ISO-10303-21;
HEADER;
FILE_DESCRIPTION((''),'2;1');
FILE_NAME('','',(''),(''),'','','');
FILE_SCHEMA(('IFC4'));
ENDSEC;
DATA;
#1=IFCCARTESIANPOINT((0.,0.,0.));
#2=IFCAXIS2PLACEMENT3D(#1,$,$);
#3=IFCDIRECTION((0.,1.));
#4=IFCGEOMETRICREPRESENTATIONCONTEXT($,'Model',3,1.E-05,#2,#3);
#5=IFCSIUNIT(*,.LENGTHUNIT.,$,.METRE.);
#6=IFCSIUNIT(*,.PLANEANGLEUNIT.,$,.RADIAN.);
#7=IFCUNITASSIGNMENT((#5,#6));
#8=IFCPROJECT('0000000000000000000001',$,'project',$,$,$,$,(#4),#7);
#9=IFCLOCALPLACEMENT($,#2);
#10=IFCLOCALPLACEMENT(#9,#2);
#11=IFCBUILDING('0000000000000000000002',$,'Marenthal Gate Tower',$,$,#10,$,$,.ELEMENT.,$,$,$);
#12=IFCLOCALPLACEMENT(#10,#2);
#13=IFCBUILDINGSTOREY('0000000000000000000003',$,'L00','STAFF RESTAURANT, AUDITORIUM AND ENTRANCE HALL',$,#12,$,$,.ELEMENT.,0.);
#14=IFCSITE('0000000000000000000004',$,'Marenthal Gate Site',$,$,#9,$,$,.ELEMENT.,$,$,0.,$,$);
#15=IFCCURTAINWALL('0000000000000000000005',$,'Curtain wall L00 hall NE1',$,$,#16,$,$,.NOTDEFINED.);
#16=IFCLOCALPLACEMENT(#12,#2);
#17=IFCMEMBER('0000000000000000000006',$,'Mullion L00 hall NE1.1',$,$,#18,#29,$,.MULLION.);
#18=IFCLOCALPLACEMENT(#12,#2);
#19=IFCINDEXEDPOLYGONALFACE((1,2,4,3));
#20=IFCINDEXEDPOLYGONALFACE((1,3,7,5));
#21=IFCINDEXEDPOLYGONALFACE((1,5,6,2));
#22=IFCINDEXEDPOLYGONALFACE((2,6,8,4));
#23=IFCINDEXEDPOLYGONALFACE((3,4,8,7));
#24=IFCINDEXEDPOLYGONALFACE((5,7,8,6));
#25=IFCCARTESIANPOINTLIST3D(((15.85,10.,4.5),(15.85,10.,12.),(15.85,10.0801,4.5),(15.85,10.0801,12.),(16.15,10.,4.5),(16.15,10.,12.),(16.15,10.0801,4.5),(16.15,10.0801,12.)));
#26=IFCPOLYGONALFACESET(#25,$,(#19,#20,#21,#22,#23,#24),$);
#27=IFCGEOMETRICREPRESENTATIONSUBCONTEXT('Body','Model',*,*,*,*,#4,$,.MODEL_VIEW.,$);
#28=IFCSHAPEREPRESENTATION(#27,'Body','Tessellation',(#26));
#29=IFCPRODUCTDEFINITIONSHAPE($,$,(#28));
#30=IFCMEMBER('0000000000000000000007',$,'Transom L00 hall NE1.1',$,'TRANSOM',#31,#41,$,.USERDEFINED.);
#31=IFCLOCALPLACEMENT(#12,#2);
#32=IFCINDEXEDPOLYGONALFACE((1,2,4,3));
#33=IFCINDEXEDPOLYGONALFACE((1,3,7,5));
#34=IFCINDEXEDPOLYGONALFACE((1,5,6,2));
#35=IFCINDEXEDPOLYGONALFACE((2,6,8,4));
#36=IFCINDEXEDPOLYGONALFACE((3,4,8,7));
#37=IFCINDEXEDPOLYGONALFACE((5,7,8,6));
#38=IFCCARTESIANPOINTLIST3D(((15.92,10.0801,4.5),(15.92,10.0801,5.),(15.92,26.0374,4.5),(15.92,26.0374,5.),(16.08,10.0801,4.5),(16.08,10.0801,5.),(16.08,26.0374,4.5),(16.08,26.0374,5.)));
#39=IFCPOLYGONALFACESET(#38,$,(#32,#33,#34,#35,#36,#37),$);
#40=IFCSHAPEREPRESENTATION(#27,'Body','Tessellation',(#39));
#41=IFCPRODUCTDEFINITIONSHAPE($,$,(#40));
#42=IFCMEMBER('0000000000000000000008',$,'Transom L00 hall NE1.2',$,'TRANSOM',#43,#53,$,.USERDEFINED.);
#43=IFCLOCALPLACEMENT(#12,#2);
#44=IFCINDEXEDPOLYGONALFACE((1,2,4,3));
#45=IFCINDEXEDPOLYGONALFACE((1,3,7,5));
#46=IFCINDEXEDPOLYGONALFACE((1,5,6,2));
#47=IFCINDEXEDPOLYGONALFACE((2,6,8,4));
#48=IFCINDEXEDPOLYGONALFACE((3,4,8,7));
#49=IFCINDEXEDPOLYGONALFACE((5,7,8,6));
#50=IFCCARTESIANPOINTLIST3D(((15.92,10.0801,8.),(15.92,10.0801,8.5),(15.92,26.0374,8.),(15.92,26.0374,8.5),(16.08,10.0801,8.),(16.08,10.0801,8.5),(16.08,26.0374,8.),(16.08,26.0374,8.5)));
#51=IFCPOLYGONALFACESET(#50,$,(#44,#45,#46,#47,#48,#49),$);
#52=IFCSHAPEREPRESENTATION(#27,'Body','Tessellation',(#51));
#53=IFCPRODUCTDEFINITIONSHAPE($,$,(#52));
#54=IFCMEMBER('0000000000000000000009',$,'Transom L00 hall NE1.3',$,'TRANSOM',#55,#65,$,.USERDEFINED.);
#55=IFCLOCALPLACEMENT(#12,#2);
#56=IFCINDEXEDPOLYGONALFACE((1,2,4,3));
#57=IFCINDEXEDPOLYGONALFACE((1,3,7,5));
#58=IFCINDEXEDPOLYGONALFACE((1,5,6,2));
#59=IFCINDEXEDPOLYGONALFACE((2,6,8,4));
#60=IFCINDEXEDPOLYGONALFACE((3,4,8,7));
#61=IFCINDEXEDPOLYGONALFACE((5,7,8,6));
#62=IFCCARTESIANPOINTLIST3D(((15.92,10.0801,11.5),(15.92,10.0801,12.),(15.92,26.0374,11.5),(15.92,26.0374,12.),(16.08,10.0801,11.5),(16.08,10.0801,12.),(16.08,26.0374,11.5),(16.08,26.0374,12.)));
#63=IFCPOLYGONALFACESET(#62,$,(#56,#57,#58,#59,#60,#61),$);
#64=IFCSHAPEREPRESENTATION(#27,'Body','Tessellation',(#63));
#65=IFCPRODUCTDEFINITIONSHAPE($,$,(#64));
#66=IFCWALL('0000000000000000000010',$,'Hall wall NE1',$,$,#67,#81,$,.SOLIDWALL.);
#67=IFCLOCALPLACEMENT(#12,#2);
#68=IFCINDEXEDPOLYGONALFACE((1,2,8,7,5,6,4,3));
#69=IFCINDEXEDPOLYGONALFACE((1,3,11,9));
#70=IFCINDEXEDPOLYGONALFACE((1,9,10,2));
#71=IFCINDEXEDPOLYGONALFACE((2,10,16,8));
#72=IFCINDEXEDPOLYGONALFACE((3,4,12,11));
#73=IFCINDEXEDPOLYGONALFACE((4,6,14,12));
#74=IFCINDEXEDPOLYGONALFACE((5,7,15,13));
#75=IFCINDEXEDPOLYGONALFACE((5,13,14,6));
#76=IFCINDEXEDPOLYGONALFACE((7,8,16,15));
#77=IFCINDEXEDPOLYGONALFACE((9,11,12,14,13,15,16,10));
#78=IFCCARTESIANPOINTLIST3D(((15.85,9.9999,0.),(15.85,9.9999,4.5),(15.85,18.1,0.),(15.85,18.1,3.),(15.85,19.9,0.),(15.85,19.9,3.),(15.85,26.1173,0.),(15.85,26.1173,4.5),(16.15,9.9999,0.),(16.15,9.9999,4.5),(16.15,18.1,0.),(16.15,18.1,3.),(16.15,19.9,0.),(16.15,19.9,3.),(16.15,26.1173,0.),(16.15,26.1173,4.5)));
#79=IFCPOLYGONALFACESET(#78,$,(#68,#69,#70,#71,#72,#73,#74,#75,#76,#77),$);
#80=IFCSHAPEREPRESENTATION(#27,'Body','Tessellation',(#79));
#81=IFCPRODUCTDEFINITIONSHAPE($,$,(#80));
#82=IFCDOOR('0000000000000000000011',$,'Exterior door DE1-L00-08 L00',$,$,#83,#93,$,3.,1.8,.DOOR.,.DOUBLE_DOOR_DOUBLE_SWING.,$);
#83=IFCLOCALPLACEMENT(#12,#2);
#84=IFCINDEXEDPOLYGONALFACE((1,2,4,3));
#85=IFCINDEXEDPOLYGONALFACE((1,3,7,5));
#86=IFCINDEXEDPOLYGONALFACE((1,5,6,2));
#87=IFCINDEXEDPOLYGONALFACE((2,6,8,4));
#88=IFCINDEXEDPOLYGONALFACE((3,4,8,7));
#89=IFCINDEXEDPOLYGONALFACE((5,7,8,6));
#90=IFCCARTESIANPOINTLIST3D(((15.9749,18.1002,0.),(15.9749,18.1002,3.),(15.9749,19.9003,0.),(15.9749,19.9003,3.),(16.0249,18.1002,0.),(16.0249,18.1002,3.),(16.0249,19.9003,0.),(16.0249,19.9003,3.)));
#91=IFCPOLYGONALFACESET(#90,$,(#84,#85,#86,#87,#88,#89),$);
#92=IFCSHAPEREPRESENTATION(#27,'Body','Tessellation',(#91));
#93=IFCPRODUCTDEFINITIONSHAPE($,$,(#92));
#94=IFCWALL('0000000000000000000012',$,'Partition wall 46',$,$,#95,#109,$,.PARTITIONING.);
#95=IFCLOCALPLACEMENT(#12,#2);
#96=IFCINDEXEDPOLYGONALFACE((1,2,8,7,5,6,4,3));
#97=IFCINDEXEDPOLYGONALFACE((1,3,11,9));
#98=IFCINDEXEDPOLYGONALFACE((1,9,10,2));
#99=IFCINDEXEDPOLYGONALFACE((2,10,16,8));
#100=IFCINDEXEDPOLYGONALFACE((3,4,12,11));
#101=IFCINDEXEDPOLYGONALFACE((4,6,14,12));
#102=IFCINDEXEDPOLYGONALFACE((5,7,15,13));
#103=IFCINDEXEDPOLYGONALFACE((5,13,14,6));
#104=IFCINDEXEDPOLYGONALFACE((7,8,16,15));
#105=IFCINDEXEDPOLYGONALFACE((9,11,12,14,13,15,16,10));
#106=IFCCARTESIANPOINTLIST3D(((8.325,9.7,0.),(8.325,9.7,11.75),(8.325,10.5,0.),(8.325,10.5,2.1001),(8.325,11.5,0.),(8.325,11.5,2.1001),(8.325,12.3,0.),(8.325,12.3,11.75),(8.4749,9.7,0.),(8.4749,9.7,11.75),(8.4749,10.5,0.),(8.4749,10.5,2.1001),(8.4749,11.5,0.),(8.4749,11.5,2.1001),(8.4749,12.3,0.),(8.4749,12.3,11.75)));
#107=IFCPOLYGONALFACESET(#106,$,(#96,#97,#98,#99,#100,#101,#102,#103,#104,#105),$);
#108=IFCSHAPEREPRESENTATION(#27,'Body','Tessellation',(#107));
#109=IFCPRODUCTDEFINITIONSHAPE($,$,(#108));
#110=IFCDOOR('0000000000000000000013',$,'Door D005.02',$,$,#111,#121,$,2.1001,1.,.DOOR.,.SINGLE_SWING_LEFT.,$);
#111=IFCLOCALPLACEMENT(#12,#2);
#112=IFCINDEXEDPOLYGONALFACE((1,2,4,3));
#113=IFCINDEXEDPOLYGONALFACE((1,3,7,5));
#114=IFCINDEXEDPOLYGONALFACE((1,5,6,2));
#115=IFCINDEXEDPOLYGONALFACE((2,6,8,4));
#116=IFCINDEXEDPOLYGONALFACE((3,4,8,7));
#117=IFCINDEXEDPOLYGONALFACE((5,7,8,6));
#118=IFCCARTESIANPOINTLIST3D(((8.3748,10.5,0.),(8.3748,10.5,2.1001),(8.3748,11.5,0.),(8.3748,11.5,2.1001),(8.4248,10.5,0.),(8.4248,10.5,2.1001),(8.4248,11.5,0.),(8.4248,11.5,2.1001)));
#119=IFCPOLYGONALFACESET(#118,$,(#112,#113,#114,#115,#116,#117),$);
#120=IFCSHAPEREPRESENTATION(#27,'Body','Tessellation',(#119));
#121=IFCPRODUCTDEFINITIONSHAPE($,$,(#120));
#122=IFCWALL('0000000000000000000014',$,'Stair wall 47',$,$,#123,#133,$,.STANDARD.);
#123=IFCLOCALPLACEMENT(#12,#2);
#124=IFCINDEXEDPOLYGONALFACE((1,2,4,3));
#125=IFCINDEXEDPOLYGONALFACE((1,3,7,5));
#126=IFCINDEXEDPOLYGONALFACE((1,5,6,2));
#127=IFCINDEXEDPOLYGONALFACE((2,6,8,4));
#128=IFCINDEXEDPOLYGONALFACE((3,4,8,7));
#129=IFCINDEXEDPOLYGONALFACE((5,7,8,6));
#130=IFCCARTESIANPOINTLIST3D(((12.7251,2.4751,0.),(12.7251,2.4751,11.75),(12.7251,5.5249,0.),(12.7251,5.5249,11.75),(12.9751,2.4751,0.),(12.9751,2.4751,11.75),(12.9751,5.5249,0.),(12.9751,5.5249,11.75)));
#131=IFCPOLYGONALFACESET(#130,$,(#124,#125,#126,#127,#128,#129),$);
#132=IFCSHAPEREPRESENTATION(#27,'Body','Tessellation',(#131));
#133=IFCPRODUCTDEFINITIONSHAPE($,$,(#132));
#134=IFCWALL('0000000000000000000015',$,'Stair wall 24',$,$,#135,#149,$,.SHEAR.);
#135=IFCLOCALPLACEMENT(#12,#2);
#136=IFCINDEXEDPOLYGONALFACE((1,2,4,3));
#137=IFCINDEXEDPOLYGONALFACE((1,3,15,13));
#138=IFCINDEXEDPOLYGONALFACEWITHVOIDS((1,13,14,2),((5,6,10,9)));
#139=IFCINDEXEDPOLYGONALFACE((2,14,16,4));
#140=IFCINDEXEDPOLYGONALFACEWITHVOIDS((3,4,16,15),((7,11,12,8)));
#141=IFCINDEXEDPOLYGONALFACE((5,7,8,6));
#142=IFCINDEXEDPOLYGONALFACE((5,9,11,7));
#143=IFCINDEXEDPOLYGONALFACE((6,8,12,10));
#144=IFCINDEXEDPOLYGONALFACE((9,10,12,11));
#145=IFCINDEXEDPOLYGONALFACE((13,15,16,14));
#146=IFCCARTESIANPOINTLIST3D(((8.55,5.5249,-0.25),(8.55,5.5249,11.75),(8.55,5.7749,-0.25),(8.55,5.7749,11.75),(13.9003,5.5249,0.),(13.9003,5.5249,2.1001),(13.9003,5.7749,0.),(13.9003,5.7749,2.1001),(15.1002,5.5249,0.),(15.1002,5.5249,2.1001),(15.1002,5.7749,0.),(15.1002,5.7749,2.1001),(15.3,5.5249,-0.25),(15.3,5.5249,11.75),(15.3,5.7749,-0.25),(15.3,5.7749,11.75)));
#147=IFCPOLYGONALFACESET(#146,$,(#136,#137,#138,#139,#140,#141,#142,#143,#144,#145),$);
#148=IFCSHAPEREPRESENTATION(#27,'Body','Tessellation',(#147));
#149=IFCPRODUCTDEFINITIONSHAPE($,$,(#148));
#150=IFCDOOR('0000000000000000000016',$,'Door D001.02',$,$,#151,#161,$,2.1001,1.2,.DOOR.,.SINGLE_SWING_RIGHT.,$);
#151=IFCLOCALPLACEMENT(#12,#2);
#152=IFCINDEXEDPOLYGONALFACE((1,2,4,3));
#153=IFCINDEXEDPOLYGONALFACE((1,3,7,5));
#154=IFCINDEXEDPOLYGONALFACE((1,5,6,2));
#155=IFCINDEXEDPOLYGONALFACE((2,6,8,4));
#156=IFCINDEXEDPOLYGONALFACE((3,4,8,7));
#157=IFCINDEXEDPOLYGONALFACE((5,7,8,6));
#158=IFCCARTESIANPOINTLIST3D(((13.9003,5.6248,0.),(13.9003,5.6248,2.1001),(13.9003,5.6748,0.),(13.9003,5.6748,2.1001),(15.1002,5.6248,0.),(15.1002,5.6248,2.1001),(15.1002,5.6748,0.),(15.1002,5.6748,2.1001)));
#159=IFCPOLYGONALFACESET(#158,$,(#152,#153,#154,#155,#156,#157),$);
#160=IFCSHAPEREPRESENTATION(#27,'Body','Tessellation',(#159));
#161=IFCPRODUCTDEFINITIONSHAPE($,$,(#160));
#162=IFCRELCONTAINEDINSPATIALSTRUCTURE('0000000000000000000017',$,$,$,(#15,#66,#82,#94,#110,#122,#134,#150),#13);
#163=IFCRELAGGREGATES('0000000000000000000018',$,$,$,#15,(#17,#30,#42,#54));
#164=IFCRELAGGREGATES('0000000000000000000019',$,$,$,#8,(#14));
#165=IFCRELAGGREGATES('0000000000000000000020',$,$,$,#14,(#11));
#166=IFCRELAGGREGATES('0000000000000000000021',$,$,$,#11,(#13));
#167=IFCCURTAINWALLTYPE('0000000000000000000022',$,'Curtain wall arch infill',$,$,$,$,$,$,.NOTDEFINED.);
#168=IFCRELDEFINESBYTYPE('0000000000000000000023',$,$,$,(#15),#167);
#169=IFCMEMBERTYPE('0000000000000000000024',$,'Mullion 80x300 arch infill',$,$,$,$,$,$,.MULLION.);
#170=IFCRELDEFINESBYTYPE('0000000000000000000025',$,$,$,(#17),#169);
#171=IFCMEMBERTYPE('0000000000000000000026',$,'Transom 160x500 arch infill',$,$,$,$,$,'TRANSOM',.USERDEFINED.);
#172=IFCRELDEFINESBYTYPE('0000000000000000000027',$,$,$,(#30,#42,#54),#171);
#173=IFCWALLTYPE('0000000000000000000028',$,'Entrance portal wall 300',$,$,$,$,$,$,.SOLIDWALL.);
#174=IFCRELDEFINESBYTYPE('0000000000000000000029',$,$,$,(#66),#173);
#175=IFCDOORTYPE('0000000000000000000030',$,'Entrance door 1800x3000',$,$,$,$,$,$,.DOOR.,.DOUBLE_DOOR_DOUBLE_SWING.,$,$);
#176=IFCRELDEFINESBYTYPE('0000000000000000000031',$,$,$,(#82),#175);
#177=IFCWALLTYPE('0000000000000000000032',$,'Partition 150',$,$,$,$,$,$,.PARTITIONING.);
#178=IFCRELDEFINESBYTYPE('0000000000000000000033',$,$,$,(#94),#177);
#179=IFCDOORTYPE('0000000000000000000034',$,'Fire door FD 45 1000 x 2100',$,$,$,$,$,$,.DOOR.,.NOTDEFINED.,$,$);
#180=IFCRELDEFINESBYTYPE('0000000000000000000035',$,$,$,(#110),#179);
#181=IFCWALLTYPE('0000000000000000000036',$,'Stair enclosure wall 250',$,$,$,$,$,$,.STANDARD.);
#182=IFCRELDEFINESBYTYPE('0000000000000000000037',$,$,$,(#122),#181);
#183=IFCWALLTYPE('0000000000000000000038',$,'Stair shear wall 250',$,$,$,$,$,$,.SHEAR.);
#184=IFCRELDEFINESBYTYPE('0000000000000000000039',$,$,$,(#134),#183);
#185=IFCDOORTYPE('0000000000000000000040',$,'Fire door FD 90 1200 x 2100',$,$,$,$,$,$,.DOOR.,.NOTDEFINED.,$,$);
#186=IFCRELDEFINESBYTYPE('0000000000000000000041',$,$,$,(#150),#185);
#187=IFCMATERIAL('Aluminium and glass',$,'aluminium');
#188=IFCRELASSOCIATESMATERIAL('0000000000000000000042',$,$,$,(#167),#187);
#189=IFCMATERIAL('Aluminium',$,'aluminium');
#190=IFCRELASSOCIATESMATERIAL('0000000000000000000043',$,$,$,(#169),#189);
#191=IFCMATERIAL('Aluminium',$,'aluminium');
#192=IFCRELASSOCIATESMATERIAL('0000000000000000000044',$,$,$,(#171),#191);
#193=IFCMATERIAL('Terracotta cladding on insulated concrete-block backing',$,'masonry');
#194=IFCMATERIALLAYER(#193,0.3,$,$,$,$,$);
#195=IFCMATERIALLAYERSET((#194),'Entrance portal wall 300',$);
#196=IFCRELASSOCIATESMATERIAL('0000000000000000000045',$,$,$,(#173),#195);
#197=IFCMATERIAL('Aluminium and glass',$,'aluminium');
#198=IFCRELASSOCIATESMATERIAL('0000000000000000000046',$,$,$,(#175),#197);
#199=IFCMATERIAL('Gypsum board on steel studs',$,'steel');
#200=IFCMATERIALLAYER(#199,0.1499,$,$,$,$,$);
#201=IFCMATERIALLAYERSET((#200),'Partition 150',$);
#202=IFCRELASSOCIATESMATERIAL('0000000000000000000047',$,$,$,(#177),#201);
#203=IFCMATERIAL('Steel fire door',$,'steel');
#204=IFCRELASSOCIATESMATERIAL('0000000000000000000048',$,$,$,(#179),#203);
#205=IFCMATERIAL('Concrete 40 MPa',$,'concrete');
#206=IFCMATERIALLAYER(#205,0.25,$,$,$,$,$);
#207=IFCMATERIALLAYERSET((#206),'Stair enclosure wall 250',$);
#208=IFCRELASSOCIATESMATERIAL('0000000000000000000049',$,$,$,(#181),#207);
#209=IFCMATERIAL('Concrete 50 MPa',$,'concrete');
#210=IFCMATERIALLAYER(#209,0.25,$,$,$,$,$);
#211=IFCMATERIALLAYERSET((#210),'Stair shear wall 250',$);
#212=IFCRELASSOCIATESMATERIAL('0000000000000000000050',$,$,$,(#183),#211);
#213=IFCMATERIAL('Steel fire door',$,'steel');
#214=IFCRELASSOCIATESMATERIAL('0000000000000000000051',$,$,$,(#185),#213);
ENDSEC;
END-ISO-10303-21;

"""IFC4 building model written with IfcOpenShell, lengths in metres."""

from ifc_helpers import new_model, si_unit, direction, frame, frame_2d, origin, origin_2d, place, context, subcontext, project, spatial, rectangle, extrude, material, layer, layer_set, material_profile, profile_set, type_object, element, fill, aggregate, save


model = new_model("IFC4")

# Units and contexts
model_context = context("Model", 3, precision=1e-05, world=origin(), true_north=direction((0.0, 1.0)))
body_context = subcontext(model_context, "Body", "Model", "MODEL_VIEW")
ifc_project = project(units=[si_unit("LENGTHUNIT", "METRE"), si_unit("PLANEANGLEUNIT", "RADIAN")], contexts=[model_context])

# Site, building, storey
site_placement = place(None, origin())
site = spatial("IfcSite", under=ifc_project, at=site_placement, Name="Marenthal Gate Site", CompositionType="ELEMENT", RefElevation=0.0)
building_placement = place(site_placement, origin())
building = spatial("IfcBuilding", under=site, at=building_placement, Name="Marenthal Gate Tower", CompositionType="ELEMENT")
storey_placement = place(building_placement, origin())
storey = spatial("IfcBuildingStorey", under=building, at=storey_placement, Name="L00", Description="STAFF RESTAURANT, AUDITORIUM AND ENTRANCE HALL", CompositionType="ELEMENT", Elevation=0.0)

# Curtain wall, members
ifc_material_1 = material(Name="Aluminium and glass", Category="aluminium")
curtain_wall_type = type_object("IfcCurtainWallType", Name="Curtain wall arch infill", PredefinedType="NOTDEFINED", material=ifc_material_1)
curtain_wall_placement = place(storey_placement, origin())
curtain_wall = element("IfcCurtainWall", 1, at=curtain_wall_placement, inside=storey, type_object=curtain_wall_type, Name="Curtain wall L00 hall NE1", PredefinedType="NOTDEFINED")
ifc_material_2 = material(Name="Aluminium", Category="aluminium")
ifc_material_profile_1 = material_profile(ifc_material_2, rectangle(XDim=0.3, YDim=0.0801, at=origin_2d()), Name="80x300 aluminium mullion")
ifc_profile_set_1 = profile_set([ifc_material_profile_1], Name="Aluminium")
member_type_1 = type_object("IfcMemberType", Name="Mullion 80x300 arch infill", PredefinedType="MULLION", material=ifc_profile_set_1)
member_1_placement = place(storey_placement, frame((16.0, 10.04, 4.5), z_axis=(0.0, 0.0, 1.0), x_axis=(-1.0, 0.0, 0.0)))
member_1 = element("IfcMember", 2, at=member_1_placement, type_object=member_type_1, Name="Mullion L00 hall NE1.1", PredefinedType="MULLION", context=body_context, shape_type="SweptSolid", body=[
    extrude(rectangle(XDim=0.3, YDim=0.0801, at=origin_2d()), origin(), (0.0, 0.0, 1.0), 7.5),
])
ifc_material_3 = material(Name="Aluminium", Category="aluminium")
ifc_material_profile_2 = material_profile(ifc_material_3, rectangle(XDim=0.1599, YDim=0.5, at=origin_2d()), Name="160x500 aluminium transom")
ifc_profile_set_2 = profile_set([ifc_material_profile_2], Name="Aluminium")
member_type_2 = type_object("IfcMemberType", Name="Transom 160x500 arch infill", ElementType="TRANSOM", PredefinedType="USERDEFINED", material=ifc_profile_set_2)
member_2_placement = place(storey_placement, frame((16.0, 10.0801, 4.75), z_axis=(0.0, 1.0, 0.0), x_axis=(-1.0, 0.0, 0.0)))
member_2 = element("IfcMember", 3, at=member_2_placement, type_object=member_type_2, Name="Transom L00 hall NE1.1", ObjectType="TRANSOM", PredefinedType="USERDEFINED", context=body_context, shape_type="SweptSolid", body=[
    extrude(rectangle(XDim=0.1599, YDim=0.5, at=origin_2d()), origin(), (0.0, 0.0, 1.0), 15.9573),
])
member_3_placement = place(storey_placement, frame((16.0, 10.0801, 8.25), z_axis=(0.0, 1.0, 0.0), x_axis=(-1.0, 0.0, 0.0)))
member_3 = element("IfcMember", 4, at=member_3_placement, type_object=member_type_2, Name="Transom L00 hall NE1.2", ObjectType="TRANSOM", PredefinedType="USERDEFINED", context=body_context, shape_type="SweptSolid", body=[
    extrude(rectangle(XDim=0.1599, YDim=0.5, at=origin_2d()), origin(), (0.0, 0.0, 1.0), 15.9573),
])
member_4_placement = place(storey_placement, frame((16.0, 10.0801, 11.75), z_axis=(0.0, 1.0, 0.0), x_axis=(-1.0, 0.0, 0.0)))
member_4 = element("IfcMember", 5, at=member_4_placement, type_object=member_type_2, Name="Transom L00 hall NE1.3", ObjectType="TRANSOM", PredefinedType="USERDEFINED", context=body_context, shape_type="SweptSolid", body=[
    extrude(rectangle(XDim=0.1599, YDim=0.5, at=origin_2d()), origin(), (0.0, 0.0, 1.0), 15.9573),
])
aggregate(curtain_wall, [member_1, member_2, member_3, member_4])

# Walls, openings, doors
ifc_material_4 = material(Name="Terracotta cladding on insulated concrete-block backing", Category="masonry")
ifc_layer_1 = layer(ifc_material_4, 0.3)
ifc_layer_set_1 = layer_set([ifc_layer_1], Name="Entrance portal wall 300")
wall_type_1 = type_object("IfcWallType", Name="Entrance portal wall 300", PredefinedType="SOLIDWALL", material=ifc_layer_set_1)
wall_1_placement = place(storey_placement, frame((16.0, 10.0, 0.0), z_axis=(0.0, 0.0, 1.0), x_axis=(0.0, 1.0, 0.0)))
wall_1 = element("IfcWall", 6, at=wall_1_placement, inside=storey, type_object=wall_type_1, Name="Hall wall NE1", PredefinedType="SOLIDWALL", context=body_context, shape_type="SweptSolid", body=[
    extrude(rectangle(XDim=16.1174, YDim=0.3, at=frame_2d((8.0586, 0.0))), origin(), (0.0, 0.0, 1.0), 4.5),
])
opening_1_placement = place(wall_1_placement, frame((8.1001, 0.0, 0.0)))
opening_1 = element("IfcOpeningElement", 7, at=opening_1_placement, cuts=wall_1, PredefinedType="OPENING", context=body_context, shape_type="SweptSolid", body=[
    extrude(rectangle(XDim=1.8, YDim=3.0, at=frame_2d((0.8999, 1.5))), frame((0.0, 0.1602, 0.0), z_axis=(0.0, -1.0, 0.0), x_axis=(1.0, 0.0, 0.0)), (0.0, 0.0, 1.0), 0.3201),
])
ifc_material_5 = material(Name="Aluminium and glass", Category="aluminium")
door_type_1 = type_object("IfcDoorType", Name="Entrance door 1800x3000", OperationType="DOUBLE_DOOR_DOUBLE_SWING", PredefinedType="DOOR", material=ifc_material_5)
door_1_placement = place(opening_1_placement, frame((1.8, 0.0, 0.0), z_axis=(0.0, 0.0, 1.0), x_axis=(-1.0, 0.0, 0.0)))
door_1 = element("IfcDoor", 8, at=door_1_placement, inside=storey, type_object=door_type_1, Name="Exterior door DE1-L00-08 L00", OperationType="DOUBLE_DOOR_DOUBLE_SWING", OverallHeight=3.0, OverallWidth=1.8, PredefinedType="DOOR", context=body_context, shape_type="SweptSolid", body=[
    extrude(rectangle(XDim=1.8, YDim=3.0, at=frame_2d((0.8999, 1.5))), frame((0.0, 0.0249, 0.0), z_axis=(0.0, -1.0, 0.0), x_axis=(1.0, 0.0, 0.0)), (0.0, 0.0, 1.0), 0.05),
])
fill(opening_1, door_1)
ifc_material_6 = material(Name="Gypsum board on steel studs", Category="steel")
ifc_layer_2 = layer(ifc_material_6, 0.1499)
ifc_layer_set_2 = layer_set([ifc_layer_2], Name="Partition 150")
wall_type_2 = type_object("IfcWallType", Name="Partition 150", PredefinedType="PARTITIONING", material=ifc_layer_set_2)
wall_2_placement = place(storey_placement, frame((8.3999, 9.7, 0.0), z_axis=(0.0, 0.0, 1.0), x_axis=(0.0, 1.0, 0.0)))
wall_2 = element("IfcWall", 9, at=wall_2_placement, inside=storey, type_object=wall_type_2, Name="Partition wall 46", PredefinedType="PARTITIONING", context=body_context, shape_type="SweptSolid", body=[
    extrude(rectangle(XDim=2.6001, YDim=0.1499, at=frame_2d((1.3, 0.0))), origin(), (0.0, 0.0, 1.0), 11.75),
])
opening_2_placement = place(wall_2_placement, frame((0.8, 0.0, 0.0)))
opening_2 = element("IfcOpeningElement", 10, at=opening_2_placement, cuts=wall_2, PredefinedType="OPENING", context=body_context, shape_type="SweptSolid", body=[
    extrude(rectangle(XDim=1.0, YDim=2.1001, at=frame_2d((0.5, 1.05))), frame((0.0, 0.085, 0.0), z_axis=(0.0, -1.0, 0.0), x_axis=(1.0, 0.0, 0.0)), (0.0, 0.0, 1.0), 0.1699),
])
ifc_material_7 = material(Name="Steel fire door", Category="steel")
door_type_2 = type_object("IfcDoorType", Name="Fire door FD 45 1000 x 2100", OperationType="NOTDEFINED", PredefinedType="DOOR", material=ifc_material_7)
door_2_placement = place(opening_2_placement, frame((1.0, 0.0, 0.0), z_axis=(0.0, 0.0, 1.0), x_axis=(-1.0, 0.0, 0.0)))
door_2 = element("IfcDoor", 11, at=door_2_placement, inside=storey, type_object=door_type_2, Name="Door D005.02", OperationType="SINGLE_SWING_LEFT", OverallHeight=2.1001, OverallWidth=1.0, PredefinedType="DOOR", context=body_context, shape_type="SweptSolid", body=[
    extrude(rectangle(XDim=1.0, YDim=2.1001, at=frame_2d((0.5, 1.05))), frame((0.0, 0.0249, 0.0), z_axis=(0.0, -1.0, 0.0), x_axis=(1.0, 0.0, 0.0)), (0.0, 0.0, 1.0), 0.05),
])
fill(opening_2, door_2)

# Wall
ifc_material_8 = material(Name="Concrete 40 MPa", Category="concrete")
ifc_layer_3 = layer(ifc_material_8, 0.25)
ifc_layer_set_3 = layer_set([ifc_layer_3], Name="Stair enclosure wall 250")
wall_type_3 = type_object("IfcWallType", Name="Stair enclosure wall 250", PredefinedType="STANDARD", material=ifc_layer_set_3)
wall_3_placement = place(storey_placement, frame((12.8501, 2.4751, 0.0), z_axis=(0.0, 0.0, 1.0), x_axis=(0.0, 1.0, 0.0)))
element("IfcWall", 12, at=wall_3_placement, inside=storey, type_object=wall_type_3, Name="Stair wall 47", PredefinedType="STANDARD", context=body_context, shape_type="SweptSolid", body=[
    extrude(rectangle(XDim=3.0498, YDim=0.25, at=frame_2d((1.5249, 0.0))), origin(), (0.0, 0.0, 1.0), 11.75),
])

# Wall, opening, door
ifc_material_9 = material(Name="Concrete 50 MPa", Category="concrete")
ifc_layer_4 = layer(ifc_material_9, 0.25)
ifc_layer_set_4 = layer_set([ifc_layer_4], Name="Stair shear wall 250")
wall_type_4 = type_object("IfcWallType", Name="Stair shear wall 250", PredefinedType="SHEAR", material=ifc_layer_set_4)
wall_4_placement = place(storey_placement, frame((8.55, 5.6499, -0.25), z_axis=(0.0, 0.0, 1.0), x_axis=(1.0, 0.0, 0.0)))
wall_4 = element("IfcWall", 13, at=wall_4_placement, inside=storey, type_object=wall_type_4, Name="Stair wall 24", PredefinedType="SHEAR", context=body_context, shape_type="SweptSolid", body=[
    extrude(rectangle(XDim=6.75, YDim=0.25, at=frame_2d((3.375, 0.0))), origin(), (0.0, 0.0, 1.0), 12.0),
])
opening_3_placement = place(wall_4_placement, frame((5.3501, 0.0, 0.25)))
opening_3 = element("IfcOpeningElement", 14, at=opening_3_placement, cuts=wall_4, PredefinedType="OPENING", context=body_context, shape_type="SweptSolid", body=[
    extrude(rectangle(XDim=1.2, YDim=2.1001, at=frame_2d((0.6001, 1.05))), frame((0.0, 0.135, 0.0), z_axis=(0.0, -1.0, 0.0), x_axis=(1.0, 0.0, 0.0)), (0.0, 0.0, 1.0), 0.27),
])
ifc_material_10 = material(Name="Steel fire door", Category="steel")
door_type_3 = type_object("IfcDoorType", Name="Fire door FD 90 1200 x 2100", OperationType="NOTDEFINED", PredefinedType="DOOR", material=ifc_material_10)
door_3_placement = place(opening_3_placement, origin())
door_3 = element("IfcDoor", 15, at=door_3_placement, inside=storey, type_object=door_type_3, Name="Door D001.02", OperationType="SINGLE_SWING_RIGHT", OverallHeight=2.1001, OverallWidth=1.2, PredefinedType="DOOR", context=body_context, shape_type="SweptSolid", body=[
    extrude(rectangle(XDim=1.2, YDim=2.1001, at=frame_2d((0.6001, 1.05))), frame((0.0, 0.0249, 0.0), z_axis=(0.0, -1.0, 0.0), x_axis=(1.0, 0.0, 0.0)), (0.0, 0.0, 1.0), 0.05),
])
fill(opening_3, door_3)

save(model, "model.ifc")
